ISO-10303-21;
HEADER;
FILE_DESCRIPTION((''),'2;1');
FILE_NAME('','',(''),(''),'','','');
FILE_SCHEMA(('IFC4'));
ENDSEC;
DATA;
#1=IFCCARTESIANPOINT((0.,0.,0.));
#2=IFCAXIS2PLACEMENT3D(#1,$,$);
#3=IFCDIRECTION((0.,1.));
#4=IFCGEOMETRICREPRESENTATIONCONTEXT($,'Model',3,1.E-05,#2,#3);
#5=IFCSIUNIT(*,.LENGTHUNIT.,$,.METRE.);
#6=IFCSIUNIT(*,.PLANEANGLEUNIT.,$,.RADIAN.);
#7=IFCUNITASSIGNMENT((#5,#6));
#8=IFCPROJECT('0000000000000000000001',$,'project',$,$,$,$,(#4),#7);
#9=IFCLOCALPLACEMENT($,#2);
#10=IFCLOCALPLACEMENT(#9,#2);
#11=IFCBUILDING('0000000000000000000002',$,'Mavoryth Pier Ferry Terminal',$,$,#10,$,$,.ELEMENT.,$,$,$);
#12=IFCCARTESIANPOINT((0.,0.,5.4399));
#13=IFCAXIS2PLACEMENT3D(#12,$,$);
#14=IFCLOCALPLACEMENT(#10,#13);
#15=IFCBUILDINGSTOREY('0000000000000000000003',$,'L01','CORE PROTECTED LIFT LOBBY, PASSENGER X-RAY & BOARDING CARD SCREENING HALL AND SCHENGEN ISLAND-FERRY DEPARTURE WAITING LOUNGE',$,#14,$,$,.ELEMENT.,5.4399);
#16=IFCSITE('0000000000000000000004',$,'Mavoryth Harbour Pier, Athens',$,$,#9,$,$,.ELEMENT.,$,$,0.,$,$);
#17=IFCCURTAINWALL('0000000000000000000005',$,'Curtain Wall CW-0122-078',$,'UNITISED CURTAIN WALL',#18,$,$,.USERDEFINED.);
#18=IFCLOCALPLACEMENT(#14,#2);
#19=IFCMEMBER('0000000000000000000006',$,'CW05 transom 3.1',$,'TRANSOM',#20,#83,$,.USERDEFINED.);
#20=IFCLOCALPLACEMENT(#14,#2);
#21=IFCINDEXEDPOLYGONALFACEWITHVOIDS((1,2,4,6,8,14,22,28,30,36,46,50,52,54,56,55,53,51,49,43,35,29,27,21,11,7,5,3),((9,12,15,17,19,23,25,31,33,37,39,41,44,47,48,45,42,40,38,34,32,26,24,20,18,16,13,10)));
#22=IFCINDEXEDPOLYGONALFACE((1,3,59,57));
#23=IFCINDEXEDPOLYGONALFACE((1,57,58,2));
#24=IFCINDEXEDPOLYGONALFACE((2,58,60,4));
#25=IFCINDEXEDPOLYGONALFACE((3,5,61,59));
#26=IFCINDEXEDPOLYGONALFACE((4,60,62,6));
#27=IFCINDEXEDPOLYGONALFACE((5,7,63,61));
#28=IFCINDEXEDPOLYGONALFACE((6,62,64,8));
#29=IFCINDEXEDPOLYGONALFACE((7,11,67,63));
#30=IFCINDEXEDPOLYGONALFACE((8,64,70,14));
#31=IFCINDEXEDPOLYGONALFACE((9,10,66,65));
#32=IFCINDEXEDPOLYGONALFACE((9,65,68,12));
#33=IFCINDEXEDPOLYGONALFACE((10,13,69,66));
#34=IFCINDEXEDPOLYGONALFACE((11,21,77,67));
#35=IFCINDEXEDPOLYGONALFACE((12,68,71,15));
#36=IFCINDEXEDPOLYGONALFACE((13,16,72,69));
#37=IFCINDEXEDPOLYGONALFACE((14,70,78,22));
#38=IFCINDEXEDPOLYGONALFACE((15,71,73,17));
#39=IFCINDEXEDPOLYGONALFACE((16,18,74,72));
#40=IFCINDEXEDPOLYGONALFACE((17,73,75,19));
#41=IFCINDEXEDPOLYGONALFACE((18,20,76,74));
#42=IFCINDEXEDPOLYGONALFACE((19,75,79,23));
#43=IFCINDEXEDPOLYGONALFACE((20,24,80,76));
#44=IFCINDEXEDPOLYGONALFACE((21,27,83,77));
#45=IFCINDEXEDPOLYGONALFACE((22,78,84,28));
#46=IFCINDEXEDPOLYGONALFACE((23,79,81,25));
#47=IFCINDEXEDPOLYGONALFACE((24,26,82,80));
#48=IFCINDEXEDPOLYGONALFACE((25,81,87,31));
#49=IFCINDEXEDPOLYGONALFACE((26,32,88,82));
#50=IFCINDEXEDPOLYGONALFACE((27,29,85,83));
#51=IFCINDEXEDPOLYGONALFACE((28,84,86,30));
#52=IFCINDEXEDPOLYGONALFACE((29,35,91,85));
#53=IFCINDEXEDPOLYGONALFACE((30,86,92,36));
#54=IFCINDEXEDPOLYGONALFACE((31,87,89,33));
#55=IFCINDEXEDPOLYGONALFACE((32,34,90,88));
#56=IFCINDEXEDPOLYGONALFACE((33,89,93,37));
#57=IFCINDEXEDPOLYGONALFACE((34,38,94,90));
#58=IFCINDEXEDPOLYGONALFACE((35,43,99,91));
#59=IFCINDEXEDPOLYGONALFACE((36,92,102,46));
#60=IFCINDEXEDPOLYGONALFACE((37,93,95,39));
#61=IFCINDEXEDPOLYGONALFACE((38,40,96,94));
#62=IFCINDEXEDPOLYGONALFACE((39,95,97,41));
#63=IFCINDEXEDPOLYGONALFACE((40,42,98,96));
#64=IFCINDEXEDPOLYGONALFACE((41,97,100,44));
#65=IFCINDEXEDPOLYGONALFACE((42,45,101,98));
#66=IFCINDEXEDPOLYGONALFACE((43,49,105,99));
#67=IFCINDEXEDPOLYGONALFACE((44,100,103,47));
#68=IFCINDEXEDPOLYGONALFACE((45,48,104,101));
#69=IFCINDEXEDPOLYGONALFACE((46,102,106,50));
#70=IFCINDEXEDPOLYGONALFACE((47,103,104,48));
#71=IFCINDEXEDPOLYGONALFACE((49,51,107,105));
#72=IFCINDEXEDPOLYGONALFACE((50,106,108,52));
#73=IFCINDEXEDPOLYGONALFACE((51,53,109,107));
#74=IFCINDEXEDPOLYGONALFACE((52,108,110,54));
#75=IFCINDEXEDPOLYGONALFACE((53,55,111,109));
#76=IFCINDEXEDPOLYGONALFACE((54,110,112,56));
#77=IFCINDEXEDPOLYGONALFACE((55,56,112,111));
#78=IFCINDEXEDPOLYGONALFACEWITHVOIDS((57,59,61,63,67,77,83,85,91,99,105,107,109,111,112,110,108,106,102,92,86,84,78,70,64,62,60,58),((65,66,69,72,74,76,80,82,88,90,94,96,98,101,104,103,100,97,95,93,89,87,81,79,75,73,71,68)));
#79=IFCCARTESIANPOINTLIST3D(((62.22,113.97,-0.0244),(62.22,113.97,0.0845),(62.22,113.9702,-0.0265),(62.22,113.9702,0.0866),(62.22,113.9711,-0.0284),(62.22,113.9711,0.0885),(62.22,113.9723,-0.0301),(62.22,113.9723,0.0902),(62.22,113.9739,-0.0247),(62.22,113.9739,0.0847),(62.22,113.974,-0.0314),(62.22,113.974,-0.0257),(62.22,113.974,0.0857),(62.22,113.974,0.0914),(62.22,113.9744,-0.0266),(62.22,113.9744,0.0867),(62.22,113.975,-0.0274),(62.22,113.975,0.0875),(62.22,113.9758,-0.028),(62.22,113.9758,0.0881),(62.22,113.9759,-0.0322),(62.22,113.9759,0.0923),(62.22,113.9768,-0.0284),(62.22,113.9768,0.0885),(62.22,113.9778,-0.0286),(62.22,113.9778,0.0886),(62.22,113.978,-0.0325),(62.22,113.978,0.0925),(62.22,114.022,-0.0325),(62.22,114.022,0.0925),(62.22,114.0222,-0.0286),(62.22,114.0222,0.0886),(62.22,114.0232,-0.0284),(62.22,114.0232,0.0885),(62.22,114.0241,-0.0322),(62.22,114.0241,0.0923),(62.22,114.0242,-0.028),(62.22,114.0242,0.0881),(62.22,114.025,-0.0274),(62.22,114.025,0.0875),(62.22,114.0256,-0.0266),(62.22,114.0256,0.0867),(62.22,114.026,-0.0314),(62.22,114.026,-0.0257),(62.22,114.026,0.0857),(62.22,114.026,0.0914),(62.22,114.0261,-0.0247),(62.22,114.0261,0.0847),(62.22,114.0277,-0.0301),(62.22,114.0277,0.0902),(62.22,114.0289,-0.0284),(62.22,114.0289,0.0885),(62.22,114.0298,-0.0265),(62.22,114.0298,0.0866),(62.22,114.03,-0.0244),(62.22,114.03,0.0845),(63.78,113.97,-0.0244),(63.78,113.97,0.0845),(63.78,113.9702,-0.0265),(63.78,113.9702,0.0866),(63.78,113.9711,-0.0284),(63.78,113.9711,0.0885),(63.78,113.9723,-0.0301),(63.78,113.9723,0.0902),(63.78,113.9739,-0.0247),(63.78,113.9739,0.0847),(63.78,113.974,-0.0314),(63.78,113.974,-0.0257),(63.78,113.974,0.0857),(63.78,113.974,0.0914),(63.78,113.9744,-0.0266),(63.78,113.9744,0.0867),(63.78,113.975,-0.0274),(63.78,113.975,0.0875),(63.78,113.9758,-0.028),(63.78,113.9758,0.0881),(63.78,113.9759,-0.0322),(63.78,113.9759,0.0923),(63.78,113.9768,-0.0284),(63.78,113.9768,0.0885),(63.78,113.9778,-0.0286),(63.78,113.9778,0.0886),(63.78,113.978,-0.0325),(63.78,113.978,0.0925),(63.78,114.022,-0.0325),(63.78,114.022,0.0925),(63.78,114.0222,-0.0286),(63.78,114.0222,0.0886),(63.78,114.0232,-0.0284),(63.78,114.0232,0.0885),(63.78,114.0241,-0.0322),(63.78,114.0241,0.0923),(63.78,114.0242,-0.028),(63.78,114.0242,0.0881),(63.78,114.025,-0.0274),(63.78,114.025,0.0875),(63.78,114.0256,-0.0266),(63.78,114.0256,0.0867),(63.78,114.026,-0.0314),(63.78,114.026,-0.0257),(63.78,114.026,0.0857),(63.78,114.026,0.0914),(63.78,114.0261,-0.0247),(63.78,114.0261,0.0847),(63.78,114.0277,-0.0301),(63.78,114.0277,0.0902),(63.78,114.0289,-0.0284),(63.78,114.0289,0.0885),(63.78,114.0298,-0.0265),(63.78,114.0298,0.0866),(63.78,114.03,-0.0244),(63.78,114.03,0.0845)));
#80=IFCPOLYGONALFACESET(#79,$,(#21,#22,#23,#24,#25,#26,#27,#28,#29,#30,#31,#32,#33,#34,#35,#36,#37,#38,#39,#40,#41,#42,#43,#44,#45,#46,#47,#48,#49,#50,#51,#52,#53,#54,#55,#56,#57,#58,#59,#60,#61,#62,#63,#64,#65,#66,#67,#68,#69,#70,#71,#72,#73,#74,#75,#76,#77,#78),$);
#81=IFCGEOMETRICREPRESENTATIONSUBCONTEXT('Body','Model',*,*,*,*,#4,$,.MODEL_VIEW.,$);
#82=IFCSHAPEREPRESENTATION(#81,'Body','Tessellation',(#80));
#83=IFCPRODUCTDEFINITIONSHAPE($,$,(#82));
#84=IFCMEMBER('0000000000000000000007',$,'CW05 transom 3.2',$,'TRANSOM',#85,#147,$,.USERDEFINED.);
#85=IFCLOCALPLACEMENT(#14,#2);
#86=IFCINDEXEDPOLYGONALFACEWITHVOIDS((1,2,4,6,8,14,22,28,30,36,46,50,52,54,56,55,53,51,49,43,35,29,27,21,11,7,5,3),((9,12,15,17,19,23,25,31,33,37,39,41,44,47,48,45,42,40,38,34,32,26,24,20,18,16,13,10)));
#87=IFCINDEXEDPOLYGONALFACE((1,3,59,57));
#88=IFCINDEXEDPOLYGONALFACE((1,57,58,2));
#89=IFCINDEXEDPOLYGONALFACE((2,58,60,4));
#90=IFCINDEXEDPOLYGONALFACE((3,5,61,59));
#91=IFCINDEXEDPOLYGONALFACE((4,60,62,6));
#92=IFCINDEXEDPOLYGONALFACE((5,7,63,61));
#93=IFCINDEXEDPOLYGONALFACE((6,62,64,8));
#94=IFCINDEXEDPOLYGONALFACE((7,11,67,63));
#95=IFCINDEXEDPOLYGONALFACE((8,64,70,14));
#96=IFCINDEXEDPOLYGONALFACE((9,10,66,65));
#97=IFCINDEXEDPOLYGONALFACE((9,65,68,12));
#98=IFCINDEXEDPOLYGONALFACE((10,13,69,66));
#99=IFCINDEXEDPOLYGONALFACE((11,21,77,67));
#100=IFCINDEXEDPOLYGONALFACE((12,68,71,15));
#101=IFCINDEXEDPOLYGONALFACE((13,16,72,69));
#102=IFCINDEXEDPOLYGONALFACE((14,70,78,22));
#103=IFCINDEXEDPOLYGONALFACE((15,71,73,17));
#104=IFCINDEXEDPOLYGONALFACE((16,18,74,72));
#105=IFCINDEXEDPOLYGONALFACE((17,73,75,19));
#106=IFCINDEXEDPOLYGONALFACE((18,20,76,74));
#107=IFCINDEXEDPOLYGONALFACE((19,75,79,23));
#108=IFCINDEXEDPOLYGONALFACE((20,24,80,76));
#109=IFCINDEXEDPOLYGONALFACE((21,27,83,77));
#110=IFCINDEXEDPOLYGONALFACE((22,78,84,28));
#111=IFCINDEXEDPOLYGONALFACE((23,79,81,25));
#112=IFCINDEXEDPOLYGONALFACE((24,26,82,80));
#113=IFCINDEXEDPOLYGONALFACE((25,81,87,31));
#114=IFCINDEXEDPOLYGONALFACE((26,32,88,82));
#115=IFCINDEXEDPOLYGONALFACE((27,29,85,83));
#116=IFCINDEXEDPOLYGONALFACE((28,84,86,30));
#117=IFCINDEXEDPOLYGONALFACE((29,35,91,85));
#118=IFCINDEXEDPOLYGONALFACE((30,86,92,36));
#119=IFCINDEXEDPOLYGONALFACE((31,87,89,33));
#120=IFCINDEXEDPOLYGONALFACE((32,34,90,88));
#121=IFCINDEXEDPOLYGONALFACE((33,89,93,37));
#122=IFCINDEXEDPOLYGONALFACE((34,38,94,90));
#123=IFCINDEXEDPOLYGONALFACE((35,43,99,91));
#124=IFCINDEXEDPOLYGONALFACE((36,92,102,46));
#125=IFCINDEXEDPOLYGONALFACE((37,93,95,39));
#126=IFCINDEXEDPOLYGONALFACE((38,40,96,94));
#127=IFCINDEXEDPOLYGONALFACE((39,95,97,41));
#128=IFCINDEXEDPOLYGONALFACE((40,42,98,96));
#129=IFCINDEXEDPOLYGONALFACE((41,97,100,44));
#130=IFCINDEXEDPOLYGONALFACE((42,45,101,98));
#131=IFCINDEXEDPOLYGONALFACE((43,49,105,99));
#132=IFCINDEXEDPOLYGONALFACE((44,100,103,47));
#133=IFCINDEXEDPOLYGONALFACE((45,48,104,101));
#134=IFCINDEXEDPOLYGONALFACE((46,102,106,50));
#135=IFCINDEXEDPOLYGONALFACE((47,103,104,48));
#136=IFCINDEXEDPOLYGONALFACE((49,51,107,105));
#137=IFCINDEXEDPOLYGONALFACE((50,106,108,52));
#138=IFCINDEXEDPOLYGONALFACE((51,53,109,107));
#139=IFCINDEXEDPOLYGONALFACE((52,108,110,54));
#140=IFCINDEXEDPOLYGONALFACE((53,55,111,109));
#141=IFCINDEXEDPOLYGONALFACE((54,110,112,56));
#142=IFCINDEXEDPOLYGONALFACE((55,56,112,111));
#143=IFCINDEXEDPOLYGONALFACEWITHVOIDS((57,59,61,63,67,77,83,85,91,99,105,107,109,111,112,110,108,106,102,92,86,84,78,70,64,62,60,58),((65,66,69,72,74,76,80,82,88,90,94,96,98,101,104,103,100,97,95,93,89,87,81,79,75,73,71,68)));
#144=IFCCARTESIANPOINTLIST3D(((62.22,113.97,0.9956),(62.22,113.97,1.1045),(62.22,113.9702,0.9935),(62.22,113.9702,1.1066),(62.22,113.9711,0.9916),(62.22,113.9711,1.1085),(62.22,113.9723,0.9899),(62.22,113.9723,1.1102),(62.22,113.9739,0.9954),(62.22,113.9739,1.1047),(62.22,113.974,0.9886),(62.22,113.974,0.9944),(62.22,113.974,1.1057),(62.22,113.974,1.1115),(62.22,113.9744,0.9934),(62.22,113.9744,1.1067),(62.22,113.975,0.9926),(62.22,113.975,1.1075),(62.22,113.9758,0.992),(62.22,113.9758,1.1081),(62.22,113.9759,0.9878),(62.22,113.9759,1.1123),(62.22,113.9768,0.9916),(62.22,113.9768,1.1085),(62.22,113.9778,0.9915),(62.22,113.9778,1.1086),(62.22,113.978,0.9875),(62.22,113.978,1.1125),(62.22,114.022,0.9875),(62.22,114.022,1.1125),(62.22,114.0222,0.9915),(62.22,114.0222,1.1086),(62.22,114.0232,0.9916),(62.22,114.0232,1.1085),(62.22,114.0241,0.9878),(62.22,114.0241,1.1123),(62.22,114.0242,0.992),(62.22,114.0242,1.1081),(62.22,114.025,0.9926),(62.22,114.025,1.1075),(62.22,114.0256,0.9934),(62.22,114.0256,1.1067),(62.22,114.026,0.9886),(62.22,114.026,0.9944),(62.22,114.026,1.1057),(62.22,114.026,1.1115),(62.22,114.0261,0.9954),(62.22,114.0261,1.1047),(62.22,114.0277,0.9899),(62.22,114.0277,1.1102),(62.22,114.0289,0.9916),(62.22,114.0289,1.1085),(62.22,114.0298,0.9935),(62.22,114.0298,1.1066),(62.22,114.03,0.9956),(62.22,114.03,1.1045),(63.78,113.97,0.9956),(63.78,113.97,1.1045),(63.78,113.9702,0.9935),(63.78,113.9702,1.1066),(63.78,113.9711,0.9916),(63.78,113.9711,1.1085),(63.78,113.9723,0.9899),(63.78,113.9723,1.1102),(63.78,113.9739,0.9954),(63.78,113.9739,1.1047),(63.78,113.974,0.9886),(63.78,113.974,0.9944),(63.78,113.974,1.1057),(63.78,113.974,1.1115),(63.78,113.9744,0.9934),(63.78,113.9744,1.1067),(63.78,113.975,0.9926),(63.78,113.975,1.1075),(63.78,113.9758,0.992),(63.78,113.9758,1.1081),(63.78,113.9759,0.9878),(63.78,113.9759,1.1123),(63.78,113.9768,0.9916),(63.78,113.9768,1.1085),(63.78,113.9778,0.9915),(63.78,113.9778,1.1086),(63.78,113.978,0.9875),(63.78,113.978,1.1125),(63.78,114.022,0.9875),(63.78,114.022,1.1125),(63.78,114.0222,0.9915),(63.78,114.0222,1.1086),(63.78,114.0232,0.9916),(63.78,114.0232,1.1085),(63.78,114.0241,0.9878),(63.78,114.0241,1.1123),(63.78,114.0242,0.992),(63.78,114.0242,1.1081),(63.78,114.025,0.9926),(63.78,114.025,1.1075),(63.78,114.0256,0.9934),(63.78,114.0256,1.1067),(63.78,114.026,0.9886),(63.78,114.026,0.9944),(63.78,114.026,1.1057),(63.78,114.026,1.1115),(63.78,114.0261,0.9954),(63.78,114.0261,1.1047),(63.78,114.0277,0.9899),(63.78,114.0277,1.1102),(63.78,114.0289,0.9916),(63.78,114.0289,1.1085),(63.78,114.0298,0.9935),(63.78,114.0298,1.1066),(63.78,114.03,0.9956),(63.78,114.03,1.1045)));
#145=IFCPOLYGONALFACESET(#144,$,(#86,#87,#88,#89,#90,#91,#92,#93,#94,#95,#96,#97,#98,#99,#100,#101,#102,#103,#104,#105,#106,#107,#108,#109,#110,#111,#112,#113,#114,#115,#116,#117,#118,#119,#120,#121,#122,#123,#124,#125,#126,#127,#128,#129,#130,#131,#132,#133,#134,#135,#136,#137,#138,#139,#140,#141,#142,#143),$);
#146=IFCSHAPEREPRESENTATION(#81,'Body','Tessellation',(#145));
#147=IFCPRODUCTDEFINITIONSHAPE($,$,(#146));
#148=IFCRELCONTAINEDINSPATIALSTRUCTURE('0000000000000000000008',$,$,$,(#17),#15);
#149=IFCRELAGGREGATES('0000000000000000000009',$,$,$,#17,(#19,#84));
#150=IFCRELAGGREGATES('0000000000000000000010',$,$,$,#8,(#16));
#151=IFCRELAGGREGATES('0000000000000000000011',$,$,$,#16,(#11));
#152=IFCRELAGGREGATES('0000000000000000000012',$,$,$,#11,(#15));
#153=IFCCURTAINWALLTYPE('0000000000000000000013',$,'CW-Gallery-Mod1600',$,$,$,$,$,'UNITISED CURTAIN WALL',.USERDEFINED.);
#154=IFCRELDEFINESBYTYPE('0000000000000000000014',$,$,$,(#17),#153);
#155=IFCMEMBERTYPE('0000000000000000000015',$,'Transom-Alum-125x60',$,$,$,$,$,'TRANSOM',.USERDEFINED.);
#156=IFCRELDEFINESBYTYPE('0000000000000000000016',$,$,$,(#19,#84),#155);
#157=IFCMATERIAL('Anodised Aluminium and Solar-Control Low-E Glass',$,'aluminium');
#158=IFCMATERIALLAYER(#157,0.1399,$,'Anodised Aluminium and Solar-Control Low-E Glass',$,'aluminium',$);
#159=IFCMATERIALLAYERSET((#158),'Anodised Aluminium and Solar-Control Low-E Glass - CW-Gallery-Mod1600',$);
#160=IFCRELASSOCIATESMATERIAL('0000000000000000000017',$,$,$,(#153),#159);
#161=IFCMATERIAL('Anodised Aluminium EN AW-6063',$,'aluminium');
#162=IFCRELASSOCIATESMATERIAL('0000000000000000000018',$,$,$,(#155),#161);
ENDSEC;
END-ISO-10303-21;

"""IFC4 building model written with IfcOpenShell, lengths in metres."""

from ifc_helpers import new_model, si_unit, direction, frame, origin, origin_2d, place, context, subcontext, project, spatial, hollow_rectangle, extrude, material, layer, layer_set, material_profile, profile_set, type_object, element, aggregate, save


model = new_model("IFC4")

# Units and contexts
model_context = context("Model", 3, precision=1e-05, world=origin(), true_north=direction((0.0, 1.0)))
body_context = subcontext(model_context, "Body", "Model", "MODEL_VIEW")
ifc_project = project(units=[si_unit("LENGTHUNIT", "METRE"), si_unit("PLANEANGLEUNIT", "RADIAN")], contexts=[model_context])

# Site, building, storey
site_placement = place(None, origin())
site = spatial("IfcSite", under=ifc_project, at=site_placement, Name="Mavoryth Harbour Pier, Athens", CompositionType="ELEMENT", RefElevation=0.0)
building_placement = place(site_placement, origin())
building = spatial("IfcBuilding", under=site, at=building_placement, Name="Mavoryth Pier Ferry Terminal", CompositionType="ELEMENT")
storey_placement = place(building_placement, frame((0.0, 0.0, 5.4399)))
storey = spatial("IfcBuildingStorey", under=building, at=storey_placement, Name="L01", Description="CORE PROTECTED LIFT LOBBY, PASSENGER X-RAY & BOARDING CARD SCREENING HALL AND SCHENGEN ISLAND-FERRY DEPARTURE WAITING LOUNGE", CompositionType="ELEMENT", Elevation=5.4399)

# Curtain wall
ifc_material_1 = material(Name="Anodised Aluminium and Solar-Control Low-E Glass", Category="aluminium")
ifc_layer_1 = layer(ifc_material_1, 0.1399, Name="Anodised Aluminium and Solar-Control Low-E Glass", Category="aluminium")
ifc_layer_set_1 = layer_set([ifc_layer_1], Name="Anodised Aluminium and Solar-Control Low-E Glass - CW-Gallery-Mod1600")
curtain_wall_type = type_object("IfcCurtainWallType", Name="CW-Gallery-Mod1600", ElementType="UNITISED CURTAIN WALL", PredefinedType="USERDEFINED", material=ifc_layer_set_1)
curtain_wall_placement = place(storey_placement, origin())
curtain_wall = element("IfcCurtainWall", 1, at=curtain_wall_placement, inside=storey, type_object=curtain_wall_type, Name="Curtain Wall CW-0122-078", ObjectType="UNITISED CURTAIN WALL", PredefinedType="USERDEFINED")
ifc_material_2 = material(Name="Anodised Aluminium EN AW-6063", Category="aluminium")

# Members
ifc_material_profile_1 = material_profile(ifc_material_2, hollow_rectangle(XDim=0.0601, YDim=0.125, WallThickness=0.0039, InnerFilletRadius=0.0039, OuterFilletRadius=0.0081, at=origin_2d()), Name="AL-TRAN 125x60x4", Category="aluminium")
ifc_profile_set_1 = profile_set([ifc_material_profile_1], Name="Anodised Aluminium EN AW-6063 - AL-TRAN 125x60x4")
member_type_1 = type_object("IfcMemberType", Name="Transom-Alum-125x60", ElementType="TRANSOM", PredefinedType="USERDEFINED", material=ifc_profile_set_1)
member_1_placement = place(storey_placement, frame((63.78, 114.0, 0.03), z_axis=(-1.0, 0.0, 0.0), x_axis=(0.0, -1.0, 0.0)))
member_1 = element("IfcMember", 2, at=member_1_placement, type_object=member_type_1, Name="CW05 transom 3.1", ObjectType="TRANSOM", PredefinedType="USERDEFINED", context=body_context, shape_type="SweptSolid", body=[
    extrude(hollow_rectangle(XDim=0.0601, YDim=0.125, WallThickness=0.0039, InnerFilletRadius=0.0039, OuterFilletRadius=0.0081, at=origin_2d()), origin(), (0.0, 0.0, 1.0), 1.5601),
])
member_2_placement = place(storey_placement, frame((63.78, 114.0, 1.05), z_axis=(-1.0, 0.0, 0.0), x_axis=(0.0, -1.0, 0.0)))
member_2 = element("IfcMember", 3, at=member_2_placement, type_object=member_type_1, Name="CW05 transom 3.2", ObjectType="TRANSOM", PredefinedType="USERDEFINED", context=body_context, shape_type="SweptSolid", body=[
    extrude(hollow_rectangle(XDim=0.0601, YDim=0.125, WallThickness=0.0039, InnerFilletRadius=0.0039, OuterFilletRadius=0.0081, at=origin_2d()), origin(), (0.0, 0.0, 1.0), 1.5601),
])

aggregate(curtain_wall, [member_1, member_2])

save(model, "model.ifc")
